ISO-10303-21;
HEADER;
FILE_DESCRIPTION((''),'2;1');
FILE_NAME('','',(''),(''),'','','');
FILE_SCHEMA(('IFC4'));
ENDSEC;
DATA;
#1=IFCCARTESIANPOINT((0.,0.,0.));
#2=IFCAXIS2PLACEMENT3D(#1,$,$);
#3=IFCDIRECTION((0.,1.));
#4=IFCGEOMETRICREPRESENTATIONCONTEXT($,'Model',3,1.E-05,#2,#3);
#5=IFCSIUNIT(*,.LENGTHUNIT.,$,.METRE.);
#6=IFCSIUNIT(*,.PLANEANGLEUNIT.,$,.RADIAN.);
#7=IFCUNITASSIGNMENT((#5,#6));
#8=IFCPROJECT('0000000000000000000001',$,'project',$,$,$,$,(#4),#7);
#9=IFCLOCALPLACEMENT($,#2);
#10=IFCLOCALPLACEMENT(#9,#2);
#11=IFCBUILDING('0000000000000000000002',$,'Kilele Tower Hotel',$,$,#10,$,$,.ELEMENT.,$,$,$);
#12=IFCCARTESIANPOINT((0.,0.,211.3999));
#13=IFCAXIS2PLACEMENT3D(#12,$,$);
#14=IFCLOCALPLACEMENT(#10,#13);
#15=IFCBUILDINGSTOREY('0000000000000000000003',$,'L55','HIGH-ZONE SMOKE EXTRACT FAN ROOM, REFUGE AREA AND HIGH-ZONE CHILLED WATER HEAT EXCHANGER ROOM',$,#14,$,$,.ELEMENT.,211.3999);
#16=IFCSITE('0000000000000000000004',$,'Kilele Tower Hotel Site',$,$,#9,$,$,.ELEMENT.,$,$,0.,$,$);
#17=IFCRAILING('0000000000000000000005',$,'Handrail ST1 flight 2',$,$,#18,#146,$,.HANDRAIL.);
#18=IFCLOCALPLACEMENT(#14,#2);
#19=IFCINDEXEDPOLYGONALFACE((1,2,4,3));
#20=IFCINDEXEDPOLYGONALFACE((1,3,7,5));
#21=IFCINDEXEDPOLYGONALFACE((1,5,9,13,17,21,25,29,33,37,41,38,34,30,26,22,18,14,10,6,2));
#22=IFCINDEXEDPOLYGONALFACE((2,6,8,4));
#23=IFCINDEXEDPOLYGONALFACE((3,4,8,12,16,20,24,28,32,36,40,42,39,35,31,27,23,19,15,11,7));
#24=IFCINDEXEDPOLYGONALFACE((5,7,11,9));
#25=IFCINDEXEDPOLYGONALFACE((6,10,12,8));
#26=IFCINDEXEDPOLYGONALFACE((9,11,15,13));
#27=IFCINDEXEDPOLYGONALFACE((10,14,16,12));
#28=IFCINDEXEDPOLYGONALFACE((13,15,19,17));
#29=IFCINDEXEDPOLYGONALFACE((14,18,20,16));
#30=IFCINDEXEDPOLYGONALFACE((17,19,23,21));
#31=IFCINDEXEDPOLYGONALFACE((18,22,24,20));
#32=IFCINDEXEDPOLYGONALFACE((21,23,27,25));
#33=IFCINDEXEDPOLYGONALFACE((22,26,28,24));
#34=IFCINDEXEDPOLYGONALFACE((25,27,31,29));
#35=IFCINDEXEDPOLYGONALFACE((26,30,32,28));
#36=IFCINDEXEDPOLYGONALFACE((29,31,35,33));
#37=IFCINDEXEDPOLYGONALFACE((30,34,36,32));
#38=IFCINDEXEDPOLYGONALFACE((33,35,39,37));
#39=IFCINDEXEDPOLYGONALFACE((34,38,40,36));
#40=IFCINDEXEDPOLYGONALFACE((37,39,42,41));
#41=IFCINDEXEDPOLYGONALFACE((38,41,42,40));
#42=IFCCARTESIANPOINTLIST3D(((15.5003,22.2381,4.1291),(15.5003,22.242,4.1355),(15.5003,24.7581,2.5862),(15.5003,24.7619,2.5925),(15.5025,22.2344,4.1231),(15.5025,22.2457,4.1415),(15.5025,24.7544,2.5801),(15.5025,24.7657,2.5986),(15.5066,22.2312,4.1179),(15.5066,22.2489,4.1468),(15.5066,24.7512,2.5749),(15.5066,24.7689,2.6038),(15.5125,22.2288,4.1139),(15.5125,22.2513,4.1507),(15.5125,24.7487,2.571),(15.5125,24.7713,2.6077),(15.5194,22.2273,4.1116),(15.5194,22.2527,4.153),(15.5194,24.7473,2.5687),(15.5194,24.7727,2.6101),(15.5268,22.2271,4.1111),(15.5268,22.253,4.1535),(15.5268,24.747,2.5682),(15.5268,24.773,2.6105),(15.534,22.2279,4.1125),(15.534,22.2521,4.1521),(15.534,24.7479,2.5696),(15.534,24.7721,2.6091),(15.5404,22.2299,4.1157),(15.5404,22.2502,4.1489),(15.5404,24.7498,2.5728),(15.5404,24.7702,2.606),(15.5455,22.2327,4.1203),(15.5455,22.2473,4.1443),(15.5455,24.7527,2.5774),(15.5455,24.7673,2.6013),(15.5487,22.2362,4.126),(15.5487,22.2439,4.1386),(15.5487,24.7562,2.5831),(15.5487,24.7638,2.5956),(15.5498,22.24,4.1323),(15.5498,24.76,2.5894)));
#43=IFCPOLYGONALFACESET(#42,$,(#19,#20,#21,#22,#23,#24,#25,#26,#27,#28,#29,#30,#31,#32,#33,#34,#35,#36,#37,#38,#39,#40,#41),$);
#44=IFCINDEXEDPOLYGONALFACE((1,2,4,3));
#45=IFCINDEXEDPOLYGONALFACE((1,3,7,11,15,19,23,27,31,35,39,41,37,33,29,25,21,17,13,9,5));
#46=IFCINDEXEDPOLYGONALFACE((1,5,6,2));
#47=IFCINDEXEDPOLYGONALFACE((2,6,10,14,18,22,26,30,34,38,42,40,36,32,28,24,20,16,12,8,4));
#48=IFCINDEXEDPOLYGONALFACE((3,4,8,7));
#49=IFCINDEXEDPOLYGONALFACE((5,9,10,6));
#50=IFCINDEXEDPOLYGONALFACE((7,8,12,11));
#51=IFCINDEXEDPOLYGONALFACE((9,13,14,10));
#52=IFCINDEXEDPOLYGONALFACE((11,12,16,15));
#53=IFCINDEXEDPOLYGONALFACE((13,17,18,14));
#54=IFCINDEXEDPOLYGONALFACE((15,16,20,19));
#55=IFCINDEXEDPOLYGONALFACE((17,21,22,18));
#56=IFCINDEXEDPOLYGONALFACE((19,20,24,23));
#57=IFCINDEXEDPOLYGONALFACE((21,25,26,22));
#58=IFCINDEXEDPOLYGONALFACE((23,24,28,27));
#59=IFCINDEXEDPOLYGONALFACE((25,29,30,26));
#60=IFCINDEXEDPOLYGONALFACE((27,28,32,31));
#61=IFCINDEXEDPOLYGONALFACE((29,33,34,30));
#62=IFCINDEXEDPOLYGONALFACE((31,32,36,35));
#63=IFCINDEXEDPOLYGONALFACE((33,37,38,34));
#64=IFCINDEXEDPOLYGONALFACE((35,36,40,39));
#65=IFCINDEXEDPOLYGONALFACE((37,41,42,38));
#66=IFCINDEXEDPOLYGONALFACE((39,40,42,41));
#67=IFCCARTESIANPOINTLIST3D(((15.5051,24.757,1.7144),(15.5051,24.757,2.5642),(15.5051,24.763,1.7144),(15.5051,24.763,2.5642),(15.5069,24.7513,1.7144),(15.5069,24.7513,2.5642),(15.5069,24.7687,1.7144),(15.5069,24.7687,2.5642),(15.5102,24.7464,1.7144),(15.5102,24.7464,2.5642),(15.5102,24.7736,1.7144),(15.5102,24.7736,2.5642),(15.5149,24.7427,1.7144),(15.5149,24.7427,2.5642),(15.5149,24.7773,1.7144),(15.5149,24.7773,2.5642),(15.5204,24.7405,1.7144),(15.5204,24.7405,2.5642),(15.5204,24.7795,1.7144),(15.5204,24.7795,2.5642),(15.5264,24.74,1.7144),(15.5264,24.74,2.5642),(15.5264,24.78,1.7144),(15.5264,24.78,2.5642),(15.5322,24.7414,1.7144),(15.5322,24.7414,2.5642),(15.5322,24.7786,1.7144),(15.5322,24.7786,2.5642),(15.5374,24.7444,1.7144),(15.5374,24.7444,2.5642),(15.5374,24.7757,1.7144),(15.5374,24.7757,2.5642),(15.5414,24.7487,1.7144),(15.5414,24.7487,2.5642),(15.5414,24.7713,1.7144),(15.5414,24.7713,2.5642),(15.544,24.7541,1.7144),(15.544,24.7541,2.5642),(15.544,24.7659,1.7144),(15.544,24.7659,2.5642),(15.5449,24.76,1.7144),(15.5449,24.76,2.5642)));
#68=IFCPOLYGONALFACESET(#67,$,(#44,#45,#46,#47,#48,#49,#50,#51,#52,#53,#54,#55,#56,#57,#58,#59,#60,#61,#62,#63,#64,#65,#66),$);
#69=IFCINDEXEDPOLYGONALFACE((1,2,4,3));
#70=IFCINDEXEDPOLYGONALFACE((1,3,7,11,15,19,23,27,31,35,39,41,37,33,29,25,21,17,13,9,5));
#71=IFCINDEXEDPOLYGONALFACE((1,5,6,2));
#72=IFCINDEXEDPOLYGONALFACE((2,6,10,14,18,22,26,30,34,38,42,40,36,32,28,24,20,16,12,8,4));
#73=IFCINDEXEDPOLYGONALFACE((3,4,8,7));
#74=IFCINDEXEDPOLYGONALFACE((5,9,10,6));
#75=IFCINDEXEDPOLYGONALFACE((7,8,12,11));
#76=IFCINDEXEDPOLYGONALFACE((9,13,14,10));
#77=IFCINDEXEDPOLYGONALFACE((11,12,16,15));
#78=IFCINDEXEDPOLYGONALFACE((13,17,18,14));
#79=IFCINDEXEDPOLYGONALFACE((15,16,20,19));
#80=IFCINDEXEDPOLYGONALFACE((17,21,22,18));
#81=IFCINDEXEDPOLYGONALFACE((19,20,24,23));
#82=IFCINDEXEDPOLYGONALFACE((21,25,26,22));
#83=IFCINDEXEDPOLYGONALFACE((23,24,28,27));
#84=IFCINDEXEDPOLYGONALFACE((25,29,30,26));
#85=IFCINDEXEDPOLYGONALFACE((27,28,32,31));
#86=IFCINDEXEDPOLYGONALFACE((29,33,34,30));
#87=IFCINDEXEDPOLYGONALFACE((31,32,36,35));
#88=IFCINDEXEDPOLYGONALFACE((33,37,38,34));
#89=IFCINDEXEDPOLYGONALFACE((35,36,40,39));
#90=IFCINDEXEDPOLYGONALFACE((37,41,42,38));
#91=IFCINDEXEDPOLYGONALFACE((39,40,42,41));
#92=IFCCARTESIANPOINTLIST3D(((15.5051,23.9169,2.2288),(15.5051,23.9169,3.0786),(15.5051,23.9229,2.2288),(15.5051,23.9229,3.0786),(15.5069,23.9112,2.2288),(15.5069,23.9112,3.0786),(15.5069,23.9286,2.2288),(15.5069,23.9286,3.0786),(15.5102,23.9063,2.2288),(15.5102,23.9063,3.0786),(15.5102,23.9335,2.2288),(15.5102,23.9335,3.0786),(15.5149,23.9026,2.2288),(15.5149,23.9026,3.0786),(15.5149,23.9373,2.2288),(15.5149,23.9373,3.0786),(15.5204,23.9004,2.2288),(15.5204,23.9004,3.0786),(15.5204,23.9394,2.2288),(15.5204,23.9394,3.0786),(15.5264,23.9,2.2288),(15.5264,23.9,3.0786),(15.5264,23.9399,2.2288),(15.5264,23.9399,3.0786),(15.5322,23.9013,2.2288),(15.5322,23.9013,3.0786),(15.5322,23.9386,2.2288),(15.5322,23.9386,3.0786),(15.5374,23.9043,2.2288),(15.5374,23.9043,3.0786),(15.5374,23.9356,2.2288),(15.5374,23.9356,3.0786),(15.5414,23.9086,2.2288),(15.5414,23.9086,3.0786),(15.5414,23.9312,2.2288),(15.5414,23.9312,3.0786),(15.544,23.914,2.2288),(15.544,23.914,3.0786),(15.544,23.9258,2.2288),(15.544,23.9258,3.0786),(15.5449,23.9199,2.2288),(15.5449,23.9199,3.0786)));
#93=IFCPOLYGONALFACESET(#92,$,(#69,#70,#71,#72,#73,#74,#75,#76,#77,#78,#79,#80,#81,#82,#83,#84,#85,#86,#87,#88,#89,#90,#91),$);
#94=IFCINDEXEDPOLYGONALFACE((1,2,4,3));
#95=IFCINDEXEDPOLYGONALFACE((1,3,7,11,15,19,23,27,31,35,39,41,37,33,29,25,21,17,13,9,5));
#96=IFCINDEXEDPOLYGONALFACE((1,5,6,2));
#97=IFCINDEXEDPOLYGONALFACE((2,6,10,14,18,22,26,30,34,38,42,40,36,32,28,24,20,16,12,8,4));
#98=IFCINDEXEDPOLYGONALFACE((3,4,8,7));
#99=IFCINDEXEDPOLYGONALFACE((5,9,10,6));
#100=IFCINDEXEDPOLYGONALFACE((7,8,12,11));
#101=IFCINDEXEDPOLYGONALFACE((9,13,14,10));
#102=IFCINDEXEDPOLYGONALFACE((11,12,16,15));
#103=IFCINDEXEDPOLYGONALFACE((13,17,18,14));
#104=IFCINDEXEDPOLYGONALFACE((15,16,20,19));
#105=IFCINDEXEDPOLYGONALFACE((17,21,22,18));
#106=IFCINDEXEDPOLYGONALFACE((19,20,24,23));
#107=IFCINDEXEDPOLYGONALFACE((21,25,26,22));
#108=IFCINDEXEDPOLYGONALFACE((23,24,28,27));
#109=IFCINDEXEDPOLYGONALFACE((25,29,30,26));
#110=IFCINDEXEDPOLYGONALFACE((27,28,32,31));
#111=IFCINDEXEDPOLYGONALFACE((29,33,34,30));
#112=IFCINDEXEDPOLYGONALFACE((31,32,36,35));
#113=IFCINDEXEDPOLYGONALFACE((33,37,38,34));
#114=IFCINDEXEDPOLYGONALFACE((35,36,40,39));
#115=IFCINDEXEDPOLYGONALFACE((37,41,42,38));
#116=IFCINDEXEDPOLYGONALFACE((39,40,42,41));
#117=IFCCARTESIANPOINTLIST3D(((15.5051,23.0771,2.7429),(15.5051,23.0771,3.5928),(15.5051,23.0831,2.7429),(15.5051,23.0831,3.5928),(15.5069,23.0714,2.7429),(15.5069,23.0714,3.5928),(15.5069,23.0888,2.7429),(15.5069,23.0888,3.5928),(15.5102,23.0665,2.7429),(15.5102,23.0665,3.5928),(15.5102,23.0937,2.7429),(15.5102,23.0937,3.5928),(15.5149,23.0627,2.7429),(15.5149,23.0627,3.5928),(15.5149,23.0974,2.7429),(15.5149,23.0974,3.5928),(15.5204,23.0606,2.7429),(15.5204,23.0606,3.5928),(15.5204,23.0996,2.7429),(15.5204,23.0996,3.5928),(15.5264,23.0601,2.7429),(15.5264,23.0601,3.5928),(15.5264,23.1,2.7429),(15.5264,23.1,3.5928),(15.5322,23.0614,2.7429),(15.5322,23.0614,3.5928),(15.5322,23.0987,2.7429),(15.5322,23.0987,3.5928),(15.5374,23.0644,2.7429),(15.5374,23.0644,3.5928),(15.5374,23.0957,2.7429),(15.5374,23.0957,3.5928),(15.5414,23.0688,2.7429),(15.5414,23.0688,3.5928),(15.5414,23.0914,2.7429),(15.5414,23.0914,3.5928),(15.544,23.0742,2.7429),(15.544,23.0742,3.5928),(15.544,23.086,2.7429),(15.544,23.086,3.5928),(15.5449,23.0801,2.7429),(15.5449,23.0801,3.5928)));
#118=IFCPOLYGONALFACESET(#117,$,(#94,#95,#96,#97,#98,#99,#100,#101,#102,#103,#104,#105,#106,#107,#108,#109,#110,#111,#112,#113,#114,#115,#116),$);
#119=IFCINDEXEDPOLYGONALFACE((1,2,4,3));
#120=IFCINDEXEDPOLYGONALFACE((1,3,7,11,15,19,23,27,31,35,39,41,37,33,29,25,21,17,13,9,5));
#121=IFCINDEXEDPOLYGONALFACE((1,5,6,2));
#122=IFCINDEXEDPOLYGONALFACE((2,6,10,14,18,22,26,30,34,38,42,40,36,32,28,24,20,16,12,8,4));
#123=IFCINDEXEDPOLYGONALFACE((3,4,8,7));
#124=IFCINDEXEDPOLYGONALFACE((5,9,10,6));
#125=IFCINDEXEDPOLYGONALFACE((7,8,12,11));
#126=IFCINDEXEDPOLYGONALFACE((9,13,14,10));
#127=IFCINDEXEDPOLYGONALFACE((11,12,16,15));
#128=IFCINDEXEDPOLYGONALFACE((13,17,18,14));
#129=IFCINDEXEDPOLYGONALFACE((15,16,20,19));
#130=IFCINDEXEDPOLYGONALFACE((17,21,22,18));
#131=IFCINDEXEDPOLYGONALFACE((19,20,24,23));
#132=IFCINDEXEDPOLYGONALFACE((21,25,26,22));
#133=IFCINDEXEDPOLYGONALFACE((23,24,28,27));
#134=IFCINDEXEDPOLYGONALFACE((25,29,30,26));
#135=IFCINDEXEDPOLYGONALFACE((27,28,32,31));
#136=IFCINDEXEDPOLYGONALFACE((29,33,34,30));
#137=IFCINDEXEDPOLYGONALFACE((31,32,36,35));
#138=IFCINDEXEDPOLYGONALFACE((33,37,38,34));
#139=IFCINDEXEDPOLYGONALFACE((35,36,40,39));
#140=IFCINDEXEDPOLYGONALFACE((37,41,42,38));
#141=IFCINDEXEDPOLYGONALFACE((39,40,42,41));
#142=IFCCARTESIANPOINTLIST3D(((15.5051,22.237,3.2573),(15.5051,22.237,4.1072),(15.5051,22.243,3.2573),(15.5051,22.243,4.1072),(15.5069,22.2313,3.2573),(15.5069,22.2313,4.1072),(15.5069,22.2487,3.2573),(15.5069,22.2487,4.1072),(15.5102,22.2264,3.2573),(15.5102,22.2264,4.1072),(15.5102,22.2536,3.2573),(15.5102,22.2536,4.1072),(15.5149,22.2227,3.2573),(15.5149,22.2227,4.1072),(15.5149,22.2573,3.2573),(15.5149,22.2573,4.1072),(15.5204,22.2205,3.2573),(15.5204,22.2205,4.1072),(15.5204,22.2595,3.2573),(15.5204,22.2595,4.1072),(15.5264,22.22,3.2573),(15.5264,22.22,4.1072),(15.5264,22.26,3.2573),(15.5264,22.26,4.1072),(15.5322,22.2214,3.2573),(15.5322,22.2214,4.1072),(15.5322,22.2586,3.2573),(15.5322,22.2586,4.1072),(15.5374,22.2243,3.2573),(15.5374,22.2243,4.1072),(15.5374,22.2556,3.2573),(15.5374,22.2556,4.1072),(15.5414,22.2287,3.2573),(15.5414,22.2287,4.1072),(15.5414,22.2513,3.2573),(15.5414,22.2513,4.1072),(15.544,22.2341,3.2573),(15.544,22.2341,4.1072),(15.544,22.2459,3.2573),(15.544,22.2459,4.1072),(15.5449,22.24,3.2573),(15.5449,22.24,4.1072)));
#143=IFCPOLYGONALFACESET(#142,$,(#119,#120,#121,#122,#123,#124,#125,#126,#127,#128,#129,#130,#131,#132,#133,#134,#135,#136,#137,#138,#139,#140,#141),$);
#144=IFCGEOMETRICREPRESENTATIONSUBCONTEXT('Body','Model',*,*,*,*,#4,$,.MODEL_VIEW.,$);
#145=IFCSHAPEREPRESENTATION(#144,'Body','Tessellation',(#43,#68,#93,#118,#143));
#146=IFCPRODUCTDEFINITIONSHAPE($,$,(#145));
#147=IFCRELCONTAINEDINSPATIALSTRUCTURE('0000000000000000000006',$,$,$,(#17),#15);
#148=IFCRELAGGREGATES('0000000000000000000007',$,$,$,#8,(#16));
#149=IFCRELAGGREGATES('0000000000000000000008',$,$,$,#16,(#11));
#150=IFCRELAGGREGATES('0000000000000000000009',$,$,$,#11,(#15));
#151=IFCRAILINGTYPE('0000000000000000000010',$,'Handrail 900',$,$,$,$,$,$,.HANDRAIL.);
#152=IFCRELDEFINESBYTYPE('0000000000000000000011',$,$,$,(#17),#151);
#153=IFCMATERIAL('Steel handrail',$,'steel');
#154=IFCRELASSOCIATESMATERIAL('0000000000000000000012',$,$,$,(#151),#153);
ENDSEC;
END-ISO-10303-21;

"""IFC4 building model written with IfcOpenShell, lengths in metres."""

from ifc_helpers import new_model, si_unit, direction, frame, origin, origin_2d, place, context, subcontext, project, spatial, circle, extrude, material, type_object, element, save


model = new_model("IFC4")

# Units and contexts
model_context = context("Model", 3, precision=1e-05, world=origin(), true_north=direction((0.0, 1.0)))
body_context = subcontext(model_context, "Body", "Model", "MODEL_VIEW")
ifc_project = project(units=[si_unit("LENGTHUNIT", "METRE"), si_unit("PLANEANGLEUNIT", "RADIAN")], contexts=[model_context])

# Site, building, storey
site_placement = place(None, origin())
site = spatial("IfcSite", under=ifc_project, at=site_placement, Name="Kilele Tower Hotel Site", CompositionType="ELEMENT", RefElevation=0.0)
building_placement = place(site_placement, origin())
building = spatial("IfcBuilding", under=site, at=building_placement, Name="Kilele Tower Hotel", CompositionType="ELEMENT")
storey_placement = place(building_placement, frame((0.0, 0.0, 211.3999)))
storey = spatial("IfcBuildingStorey", under=building, at=storey_placement, Name="L55", Description="HIGH-ZONE SMOKE EXTRACT FAN ROOM, REFUGE AREA AND HIGH-ZONE CHILLED WATER HEAT EXCHANGER ROOM", CompositionType="ELEMENT", Elevation=211.3999)

# Railing
ifc_material_1 = material(Name="Steel handrail", Category="steel")
railing_type_1 = type_object("IfcRailingType", Name="Handrail 900", PredefinedType="HANDRAIL", material=ifc_material_1)
for number, where, name in (
    (1, (15.5249, 24.76, 1.7144), "Handrail ST1 flight 2"),
):
    element("IfcRailing", number, at=place(storey_placement, frame(where)), inside=storey, type_object=railing_type_1, Name=name, PredefinedType="HANDRAIL", context=body_context, shape_type="SweptSolid", body=[
        extrude(circle(Radius=0.0249, at=origin_2d()), frame((0.0, 0.0, 0.875), z_axis=(0.0, -0.852836, 0.522178), x_axis=(1.0, 0.0, 0.0)), (0.0, 0.0, 1.0), 2.9548),
        extrude(circle(Radius=0.02, at=origin_2d()), origin(), (0.0, 0.0, 1.0), 0.8499),
        extrude(circle(Radius=0.02, at=origin_2d()), frame((0.0, -0.8401, 0.5144)), (0.0, 0.0, 1.0), 0.8499),
        extrude(circle(Radius=0.02, at=origin_2d()), frame((0.0, -1.6799, 1.0286)), (0.0, 0.0, 1.0), 0.8499),
        extrude(circle(Radius=0.02, at=origin_2d()), frame((0.0, -2.52, 1.543)), (0.0, 0.0, 1.0), 0.8499),
    ])

save(model, "model.ifc")
